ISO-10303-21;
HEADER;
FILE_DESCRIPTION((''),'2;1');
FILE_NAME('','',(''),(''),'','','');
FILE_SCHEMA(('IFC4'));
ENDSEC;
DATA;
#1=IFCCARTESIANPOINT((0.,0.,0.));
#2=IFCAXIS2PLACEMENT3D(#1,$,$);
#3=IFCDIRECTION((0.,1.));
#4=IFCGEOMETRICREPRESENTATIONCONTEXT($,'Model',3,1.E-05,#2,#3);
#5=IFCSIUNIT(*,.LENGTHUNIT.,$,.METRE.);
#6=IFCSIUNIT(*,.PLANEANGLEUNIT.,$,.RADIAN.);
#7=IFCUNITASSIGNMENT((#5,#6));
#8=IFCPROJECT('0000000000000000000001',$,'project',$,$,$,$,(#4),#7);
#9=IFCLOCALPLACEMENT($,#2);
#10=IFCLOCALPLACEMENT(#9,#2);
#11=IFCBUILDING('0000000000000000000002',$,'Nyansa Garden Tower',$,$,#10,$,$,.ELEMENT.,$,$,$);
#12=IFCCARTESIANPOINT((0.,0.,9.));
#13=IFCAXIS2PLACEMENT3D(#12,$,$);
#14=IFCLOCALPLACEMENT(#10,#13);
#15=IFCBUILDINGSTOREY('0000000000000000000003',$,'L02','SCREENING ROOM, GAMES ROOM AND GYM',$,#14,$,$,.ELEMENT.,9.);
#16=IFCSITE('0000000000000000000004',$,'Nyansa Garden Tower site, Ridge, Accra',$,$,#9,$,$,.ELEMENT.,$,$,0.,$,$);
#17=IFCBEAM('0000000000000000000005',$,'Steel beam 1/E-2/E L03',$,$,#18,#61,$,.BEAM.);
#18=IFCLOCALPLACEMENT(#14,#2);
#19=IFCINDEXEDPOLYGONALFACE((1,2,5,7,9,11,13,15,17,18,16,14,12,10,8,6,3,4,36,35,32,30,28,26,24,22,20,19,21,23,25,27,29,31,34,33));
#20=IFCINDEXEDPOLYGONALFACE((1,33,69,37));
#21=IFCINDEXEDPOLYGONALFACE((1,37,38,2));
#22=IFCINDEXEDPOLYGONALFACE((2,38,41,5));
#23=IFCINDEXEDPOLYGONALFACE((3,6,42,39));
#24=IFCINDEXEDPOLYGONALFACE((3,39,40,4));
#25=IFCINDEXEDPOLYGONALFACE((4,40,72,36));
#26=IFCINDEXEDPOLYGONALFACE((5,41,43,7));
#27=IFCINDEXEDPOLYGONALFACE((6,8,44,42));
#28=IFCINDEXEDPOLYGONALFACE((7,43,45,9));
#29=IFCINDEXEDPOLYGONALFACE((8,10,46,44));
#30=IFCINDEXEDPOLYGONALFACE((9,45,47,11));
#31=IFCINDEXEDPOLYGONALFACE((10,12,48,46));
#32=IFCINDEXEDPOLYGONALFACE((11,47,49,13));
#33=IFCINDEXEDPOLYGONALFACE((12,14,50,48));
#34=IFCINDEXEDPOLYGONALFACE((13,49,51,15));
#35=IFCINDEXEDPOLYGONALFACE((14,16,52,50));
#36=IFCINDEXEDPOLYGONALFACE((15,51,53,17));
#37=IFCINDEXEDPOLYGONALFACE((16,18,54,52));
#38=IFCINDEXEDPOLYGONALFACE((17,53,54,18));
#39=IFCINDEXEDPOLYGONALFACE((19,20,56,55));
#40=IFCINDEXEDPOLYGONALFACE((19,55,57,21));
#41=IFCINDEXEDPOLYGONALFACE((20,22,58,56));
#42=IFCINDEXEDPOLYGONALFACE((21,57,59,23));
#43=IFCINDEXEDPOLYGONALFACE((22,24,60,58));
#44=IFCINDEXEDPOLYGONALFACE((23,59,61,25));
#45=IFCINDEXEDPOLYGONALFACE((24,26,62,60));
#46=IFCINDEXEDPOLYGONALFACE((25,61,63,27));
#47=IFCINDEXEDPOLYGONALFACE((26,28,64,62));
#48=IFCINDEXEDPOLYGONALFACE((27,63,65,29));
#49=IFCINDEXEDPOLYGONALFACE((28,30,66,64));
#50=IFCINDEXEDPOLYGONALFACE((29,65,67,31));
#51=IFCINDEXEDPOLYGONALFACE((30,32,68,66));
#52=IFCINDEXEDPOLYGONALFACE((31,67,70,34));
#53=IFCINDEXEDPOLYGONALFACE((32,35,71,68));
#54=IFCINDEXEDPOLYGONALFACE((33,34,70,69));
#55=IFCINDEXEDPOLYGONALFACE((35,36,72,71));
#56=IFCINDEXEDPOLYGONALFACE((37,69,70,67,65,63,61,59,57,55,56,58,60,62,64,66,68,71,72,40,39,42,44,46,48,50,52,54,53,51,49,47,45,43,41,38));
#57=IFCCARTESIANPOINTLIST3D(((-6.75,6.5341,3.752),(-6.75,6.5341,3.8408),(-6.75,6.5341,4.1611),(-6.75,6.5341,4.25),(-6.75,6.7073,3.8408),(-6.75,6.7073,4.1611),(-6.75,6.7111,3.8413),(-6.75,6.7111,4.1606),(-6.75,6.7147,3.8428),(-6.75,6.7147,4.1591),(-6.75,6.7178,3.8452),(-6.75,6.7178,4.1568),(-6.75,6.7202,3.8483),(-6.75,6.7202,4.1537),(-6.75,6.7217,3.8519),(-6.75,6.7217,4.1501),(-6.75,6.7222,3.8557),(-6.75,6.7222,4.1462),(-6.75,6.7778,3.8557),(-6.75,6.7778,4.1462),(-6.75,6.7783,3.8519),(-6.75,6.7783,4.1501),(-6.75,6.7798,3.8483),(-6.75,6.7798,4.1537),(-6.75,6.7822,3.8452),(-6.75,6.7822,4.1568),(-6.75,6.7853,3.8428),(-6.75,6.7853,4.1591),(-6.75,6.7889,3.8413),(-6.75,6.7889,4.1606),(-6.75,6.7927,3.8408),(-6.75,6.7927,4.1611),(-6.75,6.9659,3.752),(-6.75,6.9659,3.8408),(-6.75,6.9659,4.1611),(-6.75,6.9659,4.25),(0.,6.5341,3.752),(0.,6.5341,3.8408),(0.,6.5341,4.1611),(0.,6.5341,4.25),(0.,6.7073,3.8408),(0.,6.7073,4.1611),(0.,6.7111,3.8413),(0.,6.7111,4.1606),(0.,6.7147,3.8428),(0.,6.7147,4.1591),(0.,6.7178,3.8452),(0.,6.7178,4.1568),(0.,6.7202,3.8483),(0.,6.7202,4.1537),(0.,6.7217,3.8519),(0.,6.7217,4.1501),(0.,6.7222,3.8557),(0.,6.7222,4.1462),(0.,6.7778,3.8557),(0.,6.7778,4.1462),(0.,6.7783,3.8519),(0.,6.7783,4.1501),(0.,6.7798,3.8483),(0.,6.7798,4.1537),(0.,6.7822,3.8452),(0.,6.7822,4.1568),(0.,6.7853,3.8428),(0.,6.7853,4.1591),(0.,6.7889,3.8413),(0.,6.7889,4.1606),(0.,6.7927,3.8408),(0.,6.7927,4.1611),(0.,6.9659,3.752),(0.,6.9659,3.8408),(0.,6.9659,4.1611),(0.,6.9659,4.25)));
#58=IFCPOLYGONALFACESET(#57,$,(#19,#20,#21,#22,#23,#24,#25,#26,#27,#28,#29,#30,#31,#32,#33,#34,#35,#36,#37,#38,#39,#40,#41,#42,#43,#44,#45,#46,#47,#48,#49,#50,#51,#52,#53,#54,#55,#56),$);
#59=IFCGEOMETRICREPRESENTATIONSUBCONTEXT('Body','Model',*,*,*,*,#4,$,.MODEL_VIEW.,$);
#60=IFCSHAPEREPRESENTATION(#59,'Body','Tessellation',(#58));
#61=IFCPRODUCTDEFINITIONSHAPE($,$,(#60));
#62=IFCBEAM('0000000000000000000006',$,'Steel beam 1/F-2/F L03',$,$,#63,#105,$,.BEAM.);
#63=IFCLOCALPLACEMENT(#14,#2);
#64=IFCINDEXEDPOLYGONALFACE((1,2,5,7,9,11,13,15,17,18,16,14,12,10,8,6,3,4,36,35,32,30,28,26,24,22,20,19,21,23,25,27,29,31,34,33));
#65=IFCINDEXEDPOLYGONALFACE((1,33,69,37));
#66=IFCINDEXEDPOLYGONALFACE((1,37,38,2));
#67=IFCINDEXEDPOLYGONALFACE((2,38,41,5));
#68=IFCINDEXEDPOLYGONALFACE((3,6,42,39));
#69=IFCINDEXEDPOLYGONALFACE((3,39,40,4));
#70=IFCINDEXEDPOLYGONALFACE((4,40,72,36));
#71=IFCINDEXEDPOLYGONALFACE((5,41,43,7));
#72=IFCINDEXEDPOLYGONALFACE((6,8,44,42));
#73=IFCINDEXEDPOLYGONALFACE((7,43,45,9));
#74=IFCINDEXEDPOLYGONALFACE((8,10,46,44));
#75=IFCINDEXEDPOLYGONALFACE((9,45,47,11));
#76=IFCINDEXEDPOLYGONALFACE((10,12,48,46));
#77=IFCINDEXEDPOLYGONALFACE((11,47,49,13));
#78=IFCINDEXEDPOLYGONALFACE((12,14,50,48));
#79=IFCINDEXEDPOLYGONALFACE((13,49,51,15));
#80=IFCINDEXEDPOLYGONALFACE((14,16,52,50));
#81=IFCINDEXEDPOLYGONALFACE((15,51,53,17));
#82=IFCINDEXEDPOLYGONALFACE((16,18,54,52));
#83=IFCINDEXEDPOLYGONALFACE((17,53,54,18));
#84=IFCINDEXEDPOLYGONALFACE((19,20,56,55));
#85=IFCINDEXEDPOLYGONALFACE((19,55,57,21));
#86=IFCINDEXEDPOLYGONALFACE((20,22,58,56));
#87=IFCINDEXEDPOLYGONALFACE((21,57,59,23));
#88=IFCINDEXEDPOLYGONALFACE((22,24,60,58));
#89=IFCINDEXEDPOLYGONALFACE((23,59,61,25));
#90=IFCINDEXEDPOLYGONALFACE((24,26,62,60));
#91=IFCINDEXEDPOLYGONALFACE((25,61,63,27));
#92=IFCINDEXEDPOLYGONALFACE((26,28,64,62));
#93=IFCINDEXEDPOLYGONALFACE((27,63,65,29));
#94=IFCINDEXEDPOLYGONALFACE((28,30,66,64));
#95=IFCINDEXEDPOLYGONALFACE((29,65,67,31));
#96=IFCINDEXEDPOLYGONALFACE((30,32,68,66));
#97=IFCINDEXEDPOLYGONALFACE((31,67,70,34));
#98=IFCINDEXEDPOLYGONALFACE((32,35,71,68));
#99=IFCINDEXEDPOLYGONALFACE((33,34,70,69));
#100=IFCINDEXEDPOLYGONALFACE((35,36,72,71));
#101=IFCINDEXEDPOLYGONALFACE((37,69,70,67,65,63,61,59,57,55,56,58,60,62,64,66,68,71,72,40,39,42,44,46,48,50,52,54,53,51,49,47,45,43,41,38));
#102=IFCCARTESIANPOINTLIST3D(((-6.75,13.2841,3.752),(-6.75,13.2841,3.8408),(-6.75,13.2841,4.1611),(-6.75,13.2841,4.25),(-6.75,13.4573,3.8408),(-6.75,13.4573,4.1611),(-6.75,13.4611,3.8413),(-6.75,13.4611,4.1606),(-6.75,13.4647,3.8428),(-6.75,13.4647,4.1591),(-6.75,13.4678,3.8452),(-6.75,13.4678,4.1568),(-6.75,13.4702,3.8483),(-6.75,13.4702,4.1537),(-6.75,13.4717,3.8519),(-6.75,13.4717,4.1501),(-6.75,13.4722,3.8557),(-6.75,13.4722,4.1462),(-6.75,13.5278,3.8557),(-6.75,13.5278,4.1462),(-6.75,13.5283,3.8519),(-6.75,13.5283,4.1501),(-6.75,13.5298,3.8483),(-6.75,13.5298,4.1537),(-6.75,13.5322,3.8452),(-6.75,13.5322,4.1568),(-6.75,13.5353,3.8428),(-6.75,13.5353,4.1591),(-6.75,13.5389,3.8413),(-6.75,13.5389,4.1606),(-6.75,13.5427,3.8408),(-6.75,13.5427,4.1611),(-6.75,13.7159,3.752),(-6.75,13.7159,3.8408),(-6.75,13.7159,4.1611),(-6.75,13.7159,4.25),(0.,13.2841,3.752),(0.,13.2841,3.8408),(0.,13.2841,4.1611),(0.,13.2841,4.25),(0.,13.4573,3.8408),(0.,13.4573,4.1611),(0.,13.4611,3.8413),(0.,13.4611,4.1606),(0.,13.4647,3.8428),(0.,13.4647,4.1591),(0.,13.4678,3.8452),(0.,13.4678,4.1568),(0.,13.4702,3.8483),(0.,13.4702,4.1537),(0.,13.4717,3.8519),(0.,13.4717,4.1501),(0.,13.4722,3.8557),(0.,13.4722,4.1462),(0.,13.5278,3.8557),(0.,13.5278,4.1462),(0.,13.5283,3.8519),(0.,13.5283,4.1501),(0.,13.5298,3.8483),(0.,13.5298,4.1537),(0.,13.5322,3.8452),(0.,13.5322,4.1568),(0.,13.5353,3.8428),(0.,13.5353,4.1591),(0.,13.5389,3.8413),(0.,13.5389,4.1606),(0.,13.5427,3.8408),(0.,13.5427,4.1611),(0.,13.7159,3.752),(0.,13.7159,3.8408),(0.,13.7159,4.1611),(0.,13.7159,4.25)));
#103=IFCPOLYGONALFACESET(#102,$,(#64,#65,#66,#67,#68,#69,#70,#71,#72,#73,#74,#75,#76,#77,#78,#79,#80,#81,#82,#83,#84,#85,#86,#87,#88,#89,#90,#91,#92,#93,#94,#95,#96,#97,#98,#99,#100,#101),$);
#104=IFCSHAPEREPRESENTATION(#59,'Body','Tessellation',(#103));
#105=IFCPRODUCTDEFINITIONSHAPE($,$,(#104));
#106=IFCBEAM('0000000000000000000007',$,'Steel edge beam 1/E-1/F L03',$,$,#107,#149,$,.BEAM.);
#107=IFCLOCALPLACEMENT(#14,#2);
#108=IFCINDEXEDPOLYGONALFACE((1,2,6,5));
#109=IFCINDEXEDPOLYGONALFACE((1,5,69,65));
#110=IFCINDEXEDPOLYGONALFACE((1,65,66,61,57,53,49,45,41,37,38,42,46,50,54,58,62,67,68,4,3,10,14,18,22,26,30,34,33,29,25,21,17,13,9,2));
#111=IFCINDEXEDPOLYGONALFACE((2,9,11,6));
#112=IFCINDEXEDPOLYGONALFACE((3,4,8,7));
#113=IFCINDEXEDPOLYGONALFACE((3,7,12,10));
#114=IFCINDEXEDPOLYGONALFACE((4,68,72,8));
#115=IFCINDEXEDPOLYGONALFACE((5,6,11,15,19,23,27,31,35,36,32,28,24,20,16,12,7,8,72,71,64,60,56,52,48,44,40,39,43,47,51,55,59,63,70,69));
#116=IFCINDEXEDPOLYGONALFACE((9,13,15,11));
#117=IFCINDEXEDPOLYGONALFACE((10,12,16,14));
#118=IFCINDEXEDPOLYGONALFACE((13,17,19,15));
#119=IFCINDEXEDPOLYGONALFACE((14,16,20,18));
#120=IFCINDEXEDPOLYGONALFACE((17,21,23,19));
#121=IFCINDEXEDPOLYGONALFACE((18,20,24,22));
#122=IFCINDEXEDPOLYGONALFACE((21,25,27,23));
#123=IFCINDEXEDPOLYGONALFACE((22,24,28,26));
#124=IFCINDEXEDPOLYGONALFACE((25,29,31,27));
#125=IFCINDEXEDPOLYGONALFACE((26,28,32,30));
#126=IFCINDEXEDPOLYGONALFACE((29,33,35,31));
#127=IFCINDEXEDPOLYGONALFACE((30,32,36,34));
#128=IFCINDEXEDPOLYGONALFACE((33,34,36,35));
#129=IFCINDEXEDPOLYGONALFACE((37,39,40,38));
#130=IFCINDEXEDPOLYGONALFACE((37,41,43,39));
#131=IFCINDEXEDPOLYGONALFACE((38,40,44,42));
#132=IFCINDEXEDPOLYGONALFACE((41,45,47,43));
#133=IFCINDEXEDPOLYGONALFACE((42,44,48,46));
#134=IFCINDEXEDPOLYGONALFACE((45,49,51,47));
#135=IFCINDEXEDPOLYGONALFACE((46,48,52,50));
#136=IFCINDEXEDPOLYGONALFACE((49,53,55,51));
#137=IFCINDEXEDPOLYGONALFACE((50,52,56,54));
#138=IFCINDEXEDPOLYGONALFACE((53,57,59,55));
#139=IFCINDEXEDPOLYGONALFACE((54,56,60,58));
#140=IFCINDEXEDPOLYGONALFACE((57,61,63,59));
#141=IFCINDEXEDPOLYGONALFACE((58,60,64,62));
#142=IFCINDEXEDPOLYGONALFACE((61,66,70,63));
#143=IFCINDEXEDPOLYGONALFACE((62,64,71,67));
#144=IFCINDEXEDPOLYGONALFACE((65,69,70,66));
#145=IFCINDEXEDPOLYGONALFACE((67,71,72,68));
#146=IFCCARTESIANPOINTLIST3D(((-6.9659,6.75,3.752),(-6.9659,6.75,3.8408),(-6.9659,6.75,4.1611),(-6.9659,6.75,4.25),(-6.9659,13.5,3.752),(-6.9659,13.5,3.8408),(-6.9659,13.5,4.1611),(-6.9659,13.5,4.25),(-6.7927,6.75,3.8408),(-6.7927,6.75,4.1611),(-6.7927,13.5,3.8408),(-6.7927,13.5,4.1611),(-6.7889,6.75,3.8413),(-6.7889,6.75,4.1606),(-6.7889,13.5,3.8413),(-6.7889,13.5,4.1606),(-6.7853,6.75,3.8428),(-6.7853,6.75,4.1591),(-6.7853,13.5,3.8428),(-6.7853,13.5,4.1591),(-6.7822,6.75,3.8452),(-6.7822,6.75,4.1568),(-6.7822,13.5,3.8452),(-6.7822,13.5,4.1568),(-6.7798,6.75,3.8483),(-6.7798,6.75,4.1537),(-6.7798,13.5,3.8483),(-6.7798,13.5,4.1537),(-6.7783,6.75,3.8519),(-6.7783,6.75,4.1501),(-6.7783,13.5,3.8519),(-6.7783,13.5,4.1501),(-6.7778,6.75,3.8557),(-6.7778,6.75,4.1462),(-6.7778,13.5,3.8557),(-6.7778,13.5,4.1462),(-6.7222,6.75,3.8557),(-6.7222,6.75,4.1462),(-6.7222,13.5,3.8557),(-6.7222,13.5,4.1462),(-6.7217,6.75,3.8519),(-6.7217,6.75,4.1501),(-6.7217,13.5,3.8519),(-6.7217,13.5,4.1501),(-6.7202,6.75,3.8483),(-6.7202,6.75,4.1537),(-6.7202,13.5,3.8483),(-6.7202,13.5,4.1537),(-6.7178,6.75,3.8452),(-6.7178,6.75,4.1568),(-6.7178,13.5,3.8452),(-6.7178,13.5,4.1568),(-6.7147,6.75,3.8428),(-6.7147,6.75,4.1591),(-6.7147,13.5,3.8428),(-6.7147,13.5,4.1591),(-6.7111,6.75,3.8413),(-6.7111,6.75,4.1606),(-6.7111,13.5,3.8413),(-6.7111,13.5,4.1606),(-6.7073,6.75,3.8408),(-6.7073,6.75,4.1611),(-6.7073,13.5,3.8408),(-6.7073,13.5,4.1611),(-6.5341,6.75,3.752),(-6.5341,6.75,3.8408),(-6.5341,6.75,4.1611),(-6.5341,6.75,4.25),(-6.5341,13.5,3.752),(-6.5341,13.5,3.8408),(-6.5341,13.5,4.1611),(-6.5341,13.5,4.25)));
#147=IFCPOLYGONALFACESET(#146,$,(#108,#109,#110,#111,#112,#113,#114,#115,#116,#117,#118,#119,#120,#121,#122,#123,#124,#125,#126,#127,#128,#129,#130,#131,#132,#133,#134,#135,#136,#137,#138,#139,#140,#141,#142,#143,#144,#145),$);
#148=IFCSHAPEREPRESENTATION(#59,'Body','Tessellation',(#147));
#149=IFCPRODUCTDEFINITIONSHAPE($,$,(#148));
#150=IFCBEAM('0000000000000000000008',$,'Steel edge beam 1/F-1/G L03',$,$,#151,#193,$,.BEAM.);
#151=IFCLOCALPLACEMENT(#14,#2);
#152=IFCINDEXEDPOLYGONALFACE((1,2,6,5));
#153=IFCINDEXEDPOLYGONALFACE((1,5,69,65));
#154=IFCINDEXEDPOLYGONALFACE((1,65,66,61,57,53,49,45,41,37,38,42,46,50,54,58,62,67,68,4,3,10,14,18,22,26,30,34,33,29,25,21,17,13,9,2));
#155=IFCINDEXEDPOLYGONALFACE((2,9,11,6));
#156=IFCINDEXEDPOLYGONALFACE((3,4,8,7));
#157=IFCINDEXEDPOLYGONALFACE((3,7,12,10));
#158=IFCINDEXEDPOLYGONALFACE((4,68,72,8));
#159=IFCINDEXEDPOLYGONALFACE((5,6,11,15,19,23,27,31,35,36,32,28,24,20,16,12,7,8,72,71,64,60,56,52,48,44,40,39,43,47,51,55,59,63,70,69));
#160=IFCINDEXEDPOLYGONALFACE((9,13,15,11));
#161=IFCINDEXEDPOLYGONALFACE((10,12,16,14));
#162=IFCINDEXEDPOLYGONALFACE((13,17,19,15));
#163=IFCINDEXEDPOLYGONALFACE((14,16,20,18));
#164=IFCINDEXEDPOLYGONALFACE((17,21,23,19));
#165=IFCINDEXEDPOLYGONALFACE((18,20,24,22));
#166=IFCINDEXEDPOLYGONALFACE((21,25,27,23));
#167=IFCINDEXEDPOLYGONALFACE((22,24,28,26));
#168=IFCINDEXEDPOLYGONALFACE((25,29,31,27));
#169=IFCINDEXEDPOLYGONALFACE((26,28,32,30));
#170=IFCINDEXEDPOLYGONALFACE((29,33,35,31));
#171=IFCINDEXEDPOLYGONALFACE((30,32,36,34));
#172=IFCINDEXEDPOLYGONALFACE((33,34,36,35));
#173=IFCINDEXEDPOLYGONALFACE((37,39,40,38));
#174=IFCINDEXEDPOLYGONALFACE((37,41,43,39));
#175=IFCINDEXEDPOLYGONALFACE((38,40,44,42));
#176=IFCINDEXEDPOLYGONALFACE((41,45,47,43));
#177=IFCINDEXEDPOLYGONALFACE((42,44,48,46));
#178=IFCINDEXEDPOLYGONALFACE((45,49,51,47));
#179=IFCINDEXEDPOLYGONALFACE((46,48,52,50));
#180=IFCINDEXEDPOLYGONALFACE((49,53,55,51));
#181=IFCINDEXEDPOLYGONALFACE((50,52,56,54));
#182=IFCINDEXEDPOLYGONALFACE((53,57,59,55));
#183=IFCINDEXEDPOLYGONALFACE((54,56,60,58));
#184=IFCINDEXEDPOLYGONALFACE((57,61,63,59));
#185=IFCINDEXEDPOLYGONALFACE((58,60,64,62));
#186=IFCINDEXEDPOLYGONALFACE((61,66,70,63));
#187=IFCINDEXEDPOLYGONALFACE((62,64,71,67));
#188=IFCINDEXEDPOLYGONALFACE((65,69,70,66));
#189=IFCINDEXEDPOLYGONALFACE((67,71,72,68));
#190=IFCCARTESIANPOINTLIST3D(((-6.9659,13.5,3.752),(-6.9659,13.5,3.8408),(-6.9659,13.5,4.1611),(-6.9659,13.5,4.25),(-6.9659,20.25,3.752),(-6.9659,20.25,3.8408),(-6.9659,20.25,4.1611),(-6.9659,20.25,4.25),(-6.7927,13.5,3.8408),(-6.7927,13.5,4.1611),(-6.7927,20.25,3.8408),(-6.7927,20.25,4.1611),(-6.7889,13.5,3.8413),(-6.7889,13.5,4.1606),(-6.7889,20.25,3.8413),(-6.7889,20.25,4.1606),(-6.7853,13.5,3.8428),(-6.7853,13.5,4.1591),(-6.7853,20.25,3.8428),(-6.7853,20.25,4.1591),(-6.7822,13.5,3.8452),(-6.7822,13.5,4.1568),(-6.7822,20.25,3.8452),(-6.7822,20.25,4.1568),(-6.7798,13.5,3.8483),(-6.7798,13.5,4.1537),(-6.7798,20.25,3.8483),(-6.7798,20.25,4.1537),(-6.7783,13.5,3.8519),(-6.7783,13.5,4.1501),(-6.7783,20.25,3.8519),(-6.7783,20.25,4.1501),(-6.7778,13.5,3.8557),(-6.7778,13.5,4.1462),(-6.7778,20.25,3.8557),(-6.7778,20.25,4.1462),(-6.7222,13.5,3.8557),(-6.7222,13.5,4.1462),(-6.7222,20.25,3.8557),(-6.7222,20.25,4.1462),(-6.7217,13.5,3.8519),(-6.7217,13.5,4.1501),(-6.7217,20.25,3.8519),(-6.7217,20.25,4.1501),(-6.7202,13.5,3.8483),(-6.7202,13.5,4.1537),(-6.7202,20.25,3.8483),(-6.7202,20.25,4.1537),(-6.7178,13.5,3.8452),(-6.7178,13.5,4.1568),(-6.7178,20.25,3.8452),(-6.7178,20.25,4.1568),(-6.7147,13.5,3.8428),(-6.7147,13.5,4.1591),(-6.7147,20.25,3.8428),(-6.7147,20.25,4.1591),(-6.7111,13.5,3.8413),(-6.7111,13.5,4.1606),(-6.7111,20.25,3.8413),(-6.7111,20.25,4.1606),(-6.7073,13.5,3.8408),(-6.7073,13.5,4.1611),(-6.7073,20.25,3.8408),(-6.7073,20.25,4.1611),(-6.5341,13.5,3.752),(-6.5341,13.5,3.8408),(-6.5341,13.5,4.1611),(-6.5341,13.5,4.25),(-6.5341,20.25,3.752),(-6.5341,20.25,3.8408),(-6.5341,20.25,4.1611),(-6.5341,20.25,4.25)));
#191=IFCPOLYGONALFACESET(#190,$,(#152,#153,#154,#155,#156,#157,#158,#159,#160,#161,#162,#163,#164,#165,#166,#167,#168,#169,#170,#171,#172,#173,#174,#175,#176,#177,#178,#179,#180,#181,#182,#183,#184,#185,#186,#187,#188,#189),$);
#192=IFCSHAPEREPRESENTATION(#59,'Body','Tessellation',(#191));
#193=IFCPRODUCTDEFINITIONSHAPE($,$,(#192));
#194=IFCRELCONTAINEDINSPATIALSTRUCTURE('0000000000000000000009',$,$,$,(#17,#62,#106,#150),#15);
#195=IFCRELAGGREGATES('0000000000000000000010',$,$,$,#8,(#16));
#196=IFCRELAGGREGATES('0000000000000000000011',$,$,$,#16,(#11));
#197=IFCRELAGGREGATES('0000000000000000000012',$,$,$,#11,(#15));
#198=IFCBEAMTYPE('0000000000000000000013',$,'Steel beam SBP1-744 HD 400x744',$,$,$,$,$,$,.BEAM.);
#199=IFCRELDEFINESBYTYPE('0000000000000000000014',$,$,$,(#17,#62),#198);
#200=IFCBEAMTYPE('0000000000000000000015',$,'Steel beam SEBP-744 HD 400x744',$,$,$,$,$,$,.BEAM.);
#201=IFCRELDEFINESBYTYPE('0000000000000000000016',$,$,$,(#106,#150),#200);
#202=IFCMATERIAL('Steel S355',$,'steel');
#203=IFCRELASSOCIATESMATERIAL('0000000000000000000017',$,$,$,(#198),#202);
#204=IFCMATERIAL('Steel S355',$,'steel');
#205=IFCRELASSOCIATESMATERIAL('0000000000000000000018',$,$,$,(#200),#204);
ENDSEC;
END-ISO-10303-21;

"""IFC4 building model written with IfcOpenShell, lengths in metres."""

from ifc_helpers import new_model, si_unit, direction, frame, origin, origin_2d, place, context, subcontext, project, spatial, i_section, extrude, material, material_profile, profile_set, type_object, element, save


model = new_model("IFC4")

# Units and contexts
model_context = context("Model", 3, precision=1e-05, world=origin(), true_north=direction((0.0, 1.0)))
body_context = subcontext(model_context, "Body", "Model", "MODEL_VIEW")
ifc_project = project(units=[si_unit("LENGTHUNIT", "METRE"), si_unit("PLANEANGLEUNIT", "RADIAN")], contexts=[model_context])

# Site, building, storey
site_placement = place(None, origin())
site = spatial("IfcSite", under=ifc_project, at=site_placement, Name="Nyansa Garden Tower site, Ridge, Accra", CompositionType="ELEMENT", RefElevation=0.0)
building_placement = place(site_placement, origin())
building = spatial("IfcBuilding", under=site, at=building_placement, Name="Nyansa Garden Tower", CompositionType="ELEMENT")
storey_placement = place(building_placement, frame((0.0, 0.0, 9.0)))
storey = spatial("IfcBuildingStorey", under=building, at=storey_placement, Name="L02", Description="SCREENING ROOM, GAMES ROOM AND GYM", CompositionType="ELEMENT", Elevation=9.0)

# Beams
ifc_material_1 = material(Name="Steel S355", Category="steel")
ifc_material_profile_1 = material_profile(ifc_material_1, i_section(OverallWidth=0.4319, OverallDepth=0.498, WebThickness=0.0557, FlangeThickness=0.0889, FilletRadius=0.0149, at=origin_2d()), Name="HD 400x744")
ifc_profile_set_1 = profile_set([ifc_material_profile_1], Name="Steel S355")
beam_type_1 = type_object("IfcBeamType", Name="Steel beam SBP1-744 HD 400x744", PredefinedType="BEAM", material=ifc_profile_set_1)
for number, where, z_axis, x_axis, name in (
    (1, (-6.75, 6.75, 4.001), (1.0, 0.0, 0.0), (0.0, 1.0, 0.0), "Steel beam 1/E-2/E L03"),
    (2, (-6.75, 13.5, 4.001), (1.0, 0.0, 0.0), (0.0, 1.0, 0.0), "Steel beam 1/F-2/F L03"),
):
    element("IfcBeam", number, at=place(storey_placement, frame(where, z_axis=z_axis, x_axis=x_axis)), inside=storey, type_object=beam_type_1, Name=name, PredefinedType="BEAM", context=body_context, shape_type="SweptSolid", body=[
        extrude(i_section(OverallWidth=0.4319, OverallDepth=0.498, WebThickness=0.0557, FlangeThickness=0.0889, FilletRadius=0.0149, at=origin_2d()), origin(), (0.0, 0.0, 1.0), 6.75),
    ])
ifc_material_2 = material(Name="Steel S355", Category="steel")
ifc_material_profile_2 = material_profile(ifc_material_2, i_section(OverallWidth=0.4319, OverallDepth=0.498, WebThickness=0.0557, FlangeThickness=0.0889, FilletRadius=0.0149, at=origin_2d()), Name="HD 400x744")
ifc_profile_set_2 = profile_set([ifc_material_profile_2], Name="Steel S355")
beam_type_2 = type_object("IfcBeamType", Name="Steel beam SEBP-744 HD 400x744", PredefinedType="BEAM", material=ifc_profile_set_2)
for number, where, z_axis, x_axis, name in (
    (3, (-6.75, 6.75, 4.001), (0.0, 1.0, 0.0), (-1.0, 0.0, 0.0), "Steel edge beam 1/E-1/F L03"),
    (4, (-6.75, 13.5, 4.001), (0.0, 1.0, 0.0), (-1.0, 0.0, 0.0), "Steel edge beam 1/F-1/G L03"),
):
    element("IfcBeam", number, at=place(storey_placement, frame(where, z_axis=z_axis, x_axis=x_axis)), inside=storey, type_object=beam_type_2, Name=name, PredefinedType="BEAM", context=body_context, shape_type="SweptSolid", body=[
        extrude(i_section(OverallWidth=0.4319, OverallDepth=0.498, WebThickness=0.0557, FlangeThickness=0.0889, FilletRadius=0.0149, at=origin_2d()), origin(), (0.0, 0.0, 1.0), 6.75),
    ])

save(model, "model.ifc")
